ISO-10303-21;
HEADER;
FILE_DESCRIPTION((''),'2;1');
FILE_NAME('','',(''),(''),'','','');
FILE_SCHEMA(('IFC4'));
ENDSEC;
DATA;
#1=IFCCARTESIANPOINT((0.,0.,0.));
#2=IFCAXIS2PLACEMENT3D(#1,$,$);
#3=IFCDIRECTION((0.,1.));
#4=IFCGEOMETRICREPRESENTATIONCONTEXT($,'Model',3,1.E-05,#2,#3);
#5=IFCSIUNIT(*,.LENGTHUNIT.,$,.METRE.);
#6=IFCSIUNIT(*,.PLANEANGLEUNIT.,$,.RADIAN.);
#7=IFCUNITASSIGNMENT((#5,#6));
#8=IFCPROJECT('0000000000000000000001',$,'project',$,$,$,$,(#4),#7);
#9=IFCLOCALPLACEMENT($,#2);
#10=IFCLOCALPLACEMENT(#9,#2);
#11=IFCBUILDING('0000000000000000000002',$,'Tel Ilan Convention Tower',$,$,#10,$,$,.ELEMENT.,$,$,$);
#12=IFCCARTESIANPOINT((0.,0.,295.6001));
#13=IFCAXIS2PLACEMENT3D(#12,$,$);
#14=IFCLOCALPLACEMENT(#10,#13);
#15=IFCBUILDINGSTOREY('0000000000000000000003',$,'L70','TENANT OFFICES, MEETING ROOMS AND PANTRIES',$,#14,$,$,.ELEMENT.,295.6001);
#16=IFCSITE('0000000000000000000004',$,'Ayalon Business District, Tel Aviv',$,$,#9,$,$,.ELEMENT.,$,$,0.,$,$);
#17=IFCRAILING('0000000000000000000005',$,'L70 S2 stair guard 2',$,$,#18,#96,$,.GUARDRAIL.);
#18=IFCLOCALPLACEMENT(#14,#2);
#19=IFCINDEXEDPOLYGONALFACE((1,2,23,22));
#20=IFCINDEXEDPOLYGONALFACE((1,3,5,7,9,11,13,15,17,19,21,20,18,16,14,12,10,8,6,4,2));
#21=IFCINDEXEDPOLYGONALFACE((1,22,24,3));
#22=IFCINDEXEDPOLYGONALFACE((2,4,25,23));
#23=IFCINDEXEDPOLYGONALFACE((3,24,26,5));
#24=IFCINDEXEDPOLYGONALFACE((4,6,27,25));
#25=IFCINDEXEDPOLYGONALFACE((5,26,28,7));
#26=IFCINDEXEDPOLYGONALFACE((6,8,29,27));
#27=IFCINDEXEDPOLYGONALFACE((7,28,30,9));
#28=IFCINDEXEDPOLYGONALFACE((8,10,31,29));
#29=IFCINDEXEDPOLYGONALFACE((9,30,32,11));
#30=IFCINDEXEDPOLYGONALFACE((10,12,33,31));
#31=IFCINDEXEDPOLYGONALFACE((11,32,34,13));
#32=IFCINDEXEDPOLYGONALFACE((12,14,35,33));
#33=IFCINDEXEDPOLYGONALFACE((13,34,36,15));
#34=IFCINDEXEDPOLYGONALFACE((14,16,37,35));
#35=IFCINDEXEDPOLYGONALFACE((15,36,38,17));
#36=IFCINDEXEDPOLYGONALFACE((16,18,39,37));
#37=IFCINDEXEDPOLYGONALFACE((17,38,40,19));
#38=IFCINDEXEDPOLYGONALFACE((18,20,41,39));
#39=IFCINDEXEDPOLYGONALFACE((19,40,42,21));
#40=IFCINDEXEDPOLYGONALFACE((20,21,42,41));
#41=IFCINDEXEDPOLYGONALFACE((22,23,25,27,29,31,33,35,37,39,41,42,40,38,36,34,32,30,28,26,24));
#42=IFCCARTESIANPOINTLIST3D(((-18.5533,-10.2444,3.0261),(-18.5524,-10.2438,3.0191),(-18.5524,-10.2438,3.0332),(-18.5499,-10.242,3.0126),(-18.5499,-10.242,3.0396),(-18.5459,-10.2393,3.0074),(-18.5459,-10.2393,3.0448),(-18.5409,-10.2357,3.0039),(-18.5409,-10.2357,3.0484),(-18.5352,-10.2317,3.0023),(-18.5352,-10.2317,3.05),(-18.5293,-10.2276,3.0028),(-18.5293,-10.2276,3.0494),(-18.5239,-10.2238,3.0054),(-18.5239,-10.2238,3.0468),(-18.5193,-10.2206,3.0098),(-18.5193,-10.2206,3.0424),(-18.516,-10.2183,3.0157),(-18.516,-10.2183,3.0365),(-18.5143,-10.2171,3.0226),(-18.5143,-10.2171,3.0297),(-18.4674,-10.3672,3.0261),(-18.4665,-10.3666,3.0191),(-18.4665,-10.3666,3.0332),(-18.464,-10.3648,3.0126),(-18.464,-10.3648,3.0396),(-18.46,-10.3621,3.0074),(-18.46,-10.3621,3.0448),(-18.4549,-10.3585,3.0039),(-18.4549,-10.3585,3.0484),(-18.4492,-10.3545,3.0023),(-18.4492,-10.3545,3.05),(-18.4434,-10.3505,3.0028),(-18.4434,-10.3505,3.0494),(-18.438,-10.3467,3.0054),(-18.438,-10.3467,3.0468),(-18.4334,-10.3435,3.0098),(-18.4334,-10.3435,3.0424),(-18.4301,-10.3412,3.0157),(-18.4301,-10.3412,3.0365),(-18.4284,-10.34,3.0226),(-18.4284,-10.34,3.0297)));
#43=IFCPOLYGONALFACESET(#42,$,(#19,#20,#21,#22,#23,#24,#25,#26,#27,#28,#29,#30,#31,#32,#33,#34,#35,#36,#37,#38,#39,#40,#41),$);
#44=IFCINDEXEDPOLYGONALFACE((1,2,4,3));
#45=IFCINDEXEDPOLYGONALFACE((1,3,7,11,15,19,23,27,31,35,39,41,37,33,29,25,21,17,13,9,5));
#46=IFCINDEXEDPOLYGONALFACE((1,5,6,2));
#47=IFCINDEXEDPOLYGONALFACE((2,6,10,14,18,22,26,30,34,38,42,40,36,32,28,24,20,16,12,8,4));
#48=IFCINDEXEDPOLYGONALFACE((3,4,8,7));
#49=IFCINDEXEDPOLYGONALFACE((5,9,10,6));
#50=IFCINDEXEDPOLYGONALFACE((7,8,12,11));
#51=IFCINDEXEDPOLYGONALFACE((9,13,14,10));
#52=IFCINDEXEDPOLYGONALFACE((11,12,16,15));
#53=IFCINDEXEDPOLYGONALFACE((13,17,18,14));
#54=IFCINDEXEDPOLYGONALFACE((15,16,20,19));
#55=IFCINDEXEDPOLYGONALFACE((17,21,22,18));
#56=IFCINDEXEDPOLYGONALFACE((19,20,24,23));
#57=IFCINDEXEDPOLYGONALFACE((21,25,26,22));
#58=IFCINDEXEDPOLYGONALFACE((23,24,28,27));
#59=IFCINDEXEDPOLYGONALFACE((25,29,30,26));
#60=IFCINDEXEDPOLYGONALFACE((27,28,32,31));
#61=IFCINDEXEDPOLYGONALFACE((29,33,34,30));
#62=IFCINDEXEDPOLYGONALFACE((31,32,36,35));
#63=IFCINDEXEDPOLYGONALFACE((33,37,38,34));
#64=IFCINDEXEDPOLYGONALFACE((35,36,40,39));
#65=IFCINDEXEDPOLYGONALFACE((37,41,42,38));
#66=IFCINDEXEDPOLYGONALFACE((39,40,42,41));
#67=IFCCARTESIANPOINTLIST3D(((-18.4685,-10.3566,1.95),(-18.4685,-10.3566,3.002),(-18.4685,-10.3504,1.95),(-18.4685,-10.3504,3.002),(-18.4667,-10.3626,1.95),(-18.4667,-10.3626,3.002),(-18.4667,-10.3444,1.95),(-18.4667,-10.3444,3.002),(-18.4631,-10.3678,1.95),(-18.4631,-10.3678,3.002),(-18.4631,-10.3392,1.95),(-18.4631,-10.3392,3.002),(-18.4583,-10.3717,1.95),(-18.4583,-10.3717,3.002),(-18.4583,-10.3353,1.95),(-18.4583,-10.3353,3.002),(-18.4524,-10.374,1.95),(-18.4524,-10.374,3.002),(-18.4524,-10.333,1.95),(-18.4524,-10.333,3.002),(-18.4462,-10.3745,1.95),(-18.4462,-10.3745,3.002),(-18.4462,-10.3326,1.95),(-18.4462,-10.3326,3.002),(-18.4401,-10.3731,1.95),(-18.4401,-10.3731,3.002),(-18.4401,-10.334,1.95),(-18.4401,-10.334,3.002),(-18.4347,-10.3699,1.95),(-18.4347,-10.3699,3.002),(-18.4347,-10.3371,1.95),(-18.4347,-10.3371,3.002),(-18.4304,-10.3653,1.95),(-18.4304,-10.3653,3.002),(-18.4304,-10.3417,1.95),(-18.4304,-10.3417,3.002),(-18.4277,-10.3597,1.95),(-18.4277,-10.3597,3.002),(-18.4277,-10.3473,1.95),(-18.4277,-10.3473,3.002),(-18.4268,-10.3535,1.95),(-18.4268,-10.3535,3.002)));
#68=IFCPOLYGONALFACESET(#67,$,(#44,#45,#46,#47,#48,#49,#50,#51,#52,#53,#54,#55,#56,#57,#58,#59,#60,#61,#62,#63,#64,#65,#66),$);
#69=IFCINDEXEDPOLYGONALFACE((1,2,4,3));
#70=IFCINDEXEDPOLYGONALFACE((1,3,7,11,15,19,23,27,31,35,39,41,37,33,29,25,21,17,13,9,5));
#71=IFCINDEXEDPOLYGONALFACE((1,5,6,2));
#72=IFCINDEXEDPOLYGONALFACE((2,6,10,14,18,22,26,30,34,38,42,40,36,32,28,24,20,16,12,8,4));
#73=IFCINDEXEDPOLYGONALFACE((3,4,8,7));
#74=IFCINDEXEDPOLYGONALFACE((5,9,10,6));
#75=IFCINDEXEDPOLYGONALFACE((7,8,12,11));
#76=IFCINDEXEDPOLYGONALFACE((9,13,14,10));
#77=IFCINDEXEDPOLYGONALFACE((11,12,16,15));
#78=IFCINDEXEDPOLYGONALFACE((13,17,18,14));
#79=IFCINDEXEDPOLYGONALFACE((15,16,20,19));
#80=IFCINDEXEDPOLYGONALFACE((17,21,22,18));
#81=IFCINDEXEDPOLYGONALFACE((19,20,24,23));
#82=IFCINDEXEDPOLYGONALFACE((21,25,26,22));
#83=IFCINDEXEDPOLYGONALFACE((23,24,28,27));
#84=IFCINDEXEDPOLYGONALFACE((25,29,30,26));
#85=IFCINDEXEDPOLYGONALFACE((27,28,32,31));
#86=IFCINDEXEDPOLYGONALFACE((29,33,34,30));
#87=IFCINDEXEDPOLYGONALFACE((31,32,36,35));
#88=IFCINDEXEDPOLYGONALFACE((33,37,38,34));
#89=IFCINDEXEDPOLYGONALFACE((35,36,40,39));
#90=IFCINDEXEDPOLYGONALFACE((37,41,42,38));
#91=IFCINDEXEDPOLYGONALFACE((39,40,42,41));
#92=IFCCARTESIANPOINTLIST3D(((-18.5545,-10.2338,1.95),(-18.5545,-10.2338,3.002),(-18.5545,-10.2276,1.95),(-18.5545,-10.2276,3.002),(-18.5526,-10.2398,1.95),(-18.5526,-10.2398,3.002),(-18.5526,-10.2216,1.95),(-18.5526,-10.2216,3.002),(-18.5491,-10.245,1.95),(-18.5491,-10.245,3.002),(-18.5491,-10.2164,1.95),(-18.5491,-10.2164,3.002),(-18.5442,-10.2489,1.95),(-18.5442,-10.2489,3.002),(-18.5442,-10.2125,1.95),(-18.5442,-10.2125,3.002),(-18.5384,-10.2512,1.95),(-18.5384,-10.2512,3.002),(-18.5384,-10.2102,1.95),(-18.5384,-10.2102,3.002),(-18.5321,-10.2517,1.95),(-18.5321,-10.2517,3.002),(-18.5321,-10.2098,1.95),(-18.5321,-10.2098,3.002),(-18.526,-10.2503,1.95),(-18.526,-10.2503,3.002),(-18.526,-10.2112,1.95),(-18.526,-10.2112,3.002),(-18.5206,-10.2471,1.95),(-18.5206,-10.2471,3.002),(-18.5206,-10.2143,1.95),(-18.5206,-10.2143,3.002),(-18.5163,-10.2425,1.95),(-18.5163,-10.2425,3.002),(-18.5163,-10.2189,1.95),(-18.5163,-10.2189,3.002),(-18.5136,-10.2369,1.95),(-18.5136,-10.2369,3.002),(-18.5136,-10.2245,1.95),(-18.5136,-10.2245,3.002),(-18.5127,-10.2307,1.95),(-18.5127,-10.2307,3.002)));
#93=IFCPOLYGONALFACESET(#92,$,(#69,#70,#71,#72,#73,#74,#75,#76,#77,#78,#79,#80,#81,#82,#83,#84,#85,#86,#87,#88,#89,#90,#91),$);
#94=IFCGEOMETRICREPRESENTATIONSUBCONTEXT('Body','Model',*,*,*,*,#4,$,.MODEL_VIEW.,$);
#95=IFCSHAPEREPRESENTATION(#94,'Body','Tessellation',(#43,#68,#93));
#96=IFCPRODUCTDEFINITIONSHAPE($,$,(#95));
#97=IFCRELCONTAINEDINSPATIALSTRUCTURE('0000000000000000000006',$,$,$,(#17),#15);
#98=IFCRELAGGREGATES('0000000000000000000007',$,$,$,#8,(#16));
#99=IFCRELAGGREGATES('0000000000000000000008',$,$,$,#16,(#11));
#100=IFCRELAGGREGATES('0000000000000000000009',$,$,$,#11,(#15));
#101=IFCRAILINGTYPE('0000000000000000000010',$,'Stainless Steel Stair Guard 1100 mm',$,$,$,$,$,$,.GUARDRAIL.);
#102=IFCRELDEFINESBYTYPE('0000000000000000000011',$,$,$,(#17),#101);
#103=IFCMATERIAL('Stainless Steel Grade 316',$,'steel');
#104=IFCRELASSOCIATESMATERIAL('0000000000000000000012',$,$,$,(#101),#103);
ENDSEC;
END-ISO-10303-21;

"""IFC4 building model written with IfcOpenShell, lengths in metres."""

from ifc_helpers import new_model, si_unit, direction, frame, origin, origin_2d, place, context, subcontext, project, spatial, circle, extrude, material, type_object, element, save


model = new_model("IFC4")

# Units and contexts
model_context = context("Model", 3, precision=1e-05, world=origin(), true_north=direction((0.0, 1.0)))
body_context = subcontext(model_context, "Body", "Model", "MODEL_VIEW")
ifc_project = project(units=[si_unit("LENGTHUNIT", "METRE"), si_unit("PLANEANGLEUNIT", "RADIAN")], contexts=[model_context])

# Site, building, storey
site_placement = place(None, origin())
site = spatial("IfcSite", under=ifc_project, at=site_placement, Name="Ayalon Business District, Tel Aviv", CompositionType="ELEMENT", RefElevation=0.0)
building_placement = place(site_placement, origin())
building = spatial("IfcBuilding", under=site, at=building_placement, Name="Tel Ilan Convention Tower", CompositionType="ELEMENT")
storey_placement = place(building_placement, frame((0.0, 0.0, 295.6001)))
storey = spatial("IfcBuildingStorey", under=building, at=storey_placement, Name="L70", Description="TENANT OFFICES, MEETING ROOMS AND PANTRIES", CompositionType="ELEMENT", Elevation=295.6001)

# Railing
ifc_material_1 = material(Name="Stainless Steel Grade 316", Category="steel")
railing_type_1 = type_object("IfcRailingType", Name="Stainless Steel Stair Guard 1100 mm", PredefinedType="GUARDRAIL", material=ifc_material_1)
railing_1_placement = place(storey_placement, frame((-18.4478, -10.3535, 1.95)))
element("IfcRailing", 1, at=railing_1_placement, inside=storey, type_object=railing_type_1, Name="L70 S2 stair guard 2", PredefinedType="GUARDRAIL", context=body_context, shape_type="SweptSolid", body=[
    extrude(circle(Radius=0.0239, at=origin_2d()), frame((0.0, 0.0, 1.0762), z_axis=(-0.573353, 0.819308, 0.0), x_axis=(-0.819308, -0.573353, 0.0)), (0.0, 0.0, 1.0), 0.1499),
    extrude(circle(Radius=0.021, at=origin_2d()), origin(), (0.0, 0.0, 1.0), 1.052),
    extrude(circle(Radius=0.021, at=origin_2d()), frame((-0.0859, 0.1228, 0.0)), (0.0, 0.0, 1.0), 1.052),
])

save(model, "model.ifc")
